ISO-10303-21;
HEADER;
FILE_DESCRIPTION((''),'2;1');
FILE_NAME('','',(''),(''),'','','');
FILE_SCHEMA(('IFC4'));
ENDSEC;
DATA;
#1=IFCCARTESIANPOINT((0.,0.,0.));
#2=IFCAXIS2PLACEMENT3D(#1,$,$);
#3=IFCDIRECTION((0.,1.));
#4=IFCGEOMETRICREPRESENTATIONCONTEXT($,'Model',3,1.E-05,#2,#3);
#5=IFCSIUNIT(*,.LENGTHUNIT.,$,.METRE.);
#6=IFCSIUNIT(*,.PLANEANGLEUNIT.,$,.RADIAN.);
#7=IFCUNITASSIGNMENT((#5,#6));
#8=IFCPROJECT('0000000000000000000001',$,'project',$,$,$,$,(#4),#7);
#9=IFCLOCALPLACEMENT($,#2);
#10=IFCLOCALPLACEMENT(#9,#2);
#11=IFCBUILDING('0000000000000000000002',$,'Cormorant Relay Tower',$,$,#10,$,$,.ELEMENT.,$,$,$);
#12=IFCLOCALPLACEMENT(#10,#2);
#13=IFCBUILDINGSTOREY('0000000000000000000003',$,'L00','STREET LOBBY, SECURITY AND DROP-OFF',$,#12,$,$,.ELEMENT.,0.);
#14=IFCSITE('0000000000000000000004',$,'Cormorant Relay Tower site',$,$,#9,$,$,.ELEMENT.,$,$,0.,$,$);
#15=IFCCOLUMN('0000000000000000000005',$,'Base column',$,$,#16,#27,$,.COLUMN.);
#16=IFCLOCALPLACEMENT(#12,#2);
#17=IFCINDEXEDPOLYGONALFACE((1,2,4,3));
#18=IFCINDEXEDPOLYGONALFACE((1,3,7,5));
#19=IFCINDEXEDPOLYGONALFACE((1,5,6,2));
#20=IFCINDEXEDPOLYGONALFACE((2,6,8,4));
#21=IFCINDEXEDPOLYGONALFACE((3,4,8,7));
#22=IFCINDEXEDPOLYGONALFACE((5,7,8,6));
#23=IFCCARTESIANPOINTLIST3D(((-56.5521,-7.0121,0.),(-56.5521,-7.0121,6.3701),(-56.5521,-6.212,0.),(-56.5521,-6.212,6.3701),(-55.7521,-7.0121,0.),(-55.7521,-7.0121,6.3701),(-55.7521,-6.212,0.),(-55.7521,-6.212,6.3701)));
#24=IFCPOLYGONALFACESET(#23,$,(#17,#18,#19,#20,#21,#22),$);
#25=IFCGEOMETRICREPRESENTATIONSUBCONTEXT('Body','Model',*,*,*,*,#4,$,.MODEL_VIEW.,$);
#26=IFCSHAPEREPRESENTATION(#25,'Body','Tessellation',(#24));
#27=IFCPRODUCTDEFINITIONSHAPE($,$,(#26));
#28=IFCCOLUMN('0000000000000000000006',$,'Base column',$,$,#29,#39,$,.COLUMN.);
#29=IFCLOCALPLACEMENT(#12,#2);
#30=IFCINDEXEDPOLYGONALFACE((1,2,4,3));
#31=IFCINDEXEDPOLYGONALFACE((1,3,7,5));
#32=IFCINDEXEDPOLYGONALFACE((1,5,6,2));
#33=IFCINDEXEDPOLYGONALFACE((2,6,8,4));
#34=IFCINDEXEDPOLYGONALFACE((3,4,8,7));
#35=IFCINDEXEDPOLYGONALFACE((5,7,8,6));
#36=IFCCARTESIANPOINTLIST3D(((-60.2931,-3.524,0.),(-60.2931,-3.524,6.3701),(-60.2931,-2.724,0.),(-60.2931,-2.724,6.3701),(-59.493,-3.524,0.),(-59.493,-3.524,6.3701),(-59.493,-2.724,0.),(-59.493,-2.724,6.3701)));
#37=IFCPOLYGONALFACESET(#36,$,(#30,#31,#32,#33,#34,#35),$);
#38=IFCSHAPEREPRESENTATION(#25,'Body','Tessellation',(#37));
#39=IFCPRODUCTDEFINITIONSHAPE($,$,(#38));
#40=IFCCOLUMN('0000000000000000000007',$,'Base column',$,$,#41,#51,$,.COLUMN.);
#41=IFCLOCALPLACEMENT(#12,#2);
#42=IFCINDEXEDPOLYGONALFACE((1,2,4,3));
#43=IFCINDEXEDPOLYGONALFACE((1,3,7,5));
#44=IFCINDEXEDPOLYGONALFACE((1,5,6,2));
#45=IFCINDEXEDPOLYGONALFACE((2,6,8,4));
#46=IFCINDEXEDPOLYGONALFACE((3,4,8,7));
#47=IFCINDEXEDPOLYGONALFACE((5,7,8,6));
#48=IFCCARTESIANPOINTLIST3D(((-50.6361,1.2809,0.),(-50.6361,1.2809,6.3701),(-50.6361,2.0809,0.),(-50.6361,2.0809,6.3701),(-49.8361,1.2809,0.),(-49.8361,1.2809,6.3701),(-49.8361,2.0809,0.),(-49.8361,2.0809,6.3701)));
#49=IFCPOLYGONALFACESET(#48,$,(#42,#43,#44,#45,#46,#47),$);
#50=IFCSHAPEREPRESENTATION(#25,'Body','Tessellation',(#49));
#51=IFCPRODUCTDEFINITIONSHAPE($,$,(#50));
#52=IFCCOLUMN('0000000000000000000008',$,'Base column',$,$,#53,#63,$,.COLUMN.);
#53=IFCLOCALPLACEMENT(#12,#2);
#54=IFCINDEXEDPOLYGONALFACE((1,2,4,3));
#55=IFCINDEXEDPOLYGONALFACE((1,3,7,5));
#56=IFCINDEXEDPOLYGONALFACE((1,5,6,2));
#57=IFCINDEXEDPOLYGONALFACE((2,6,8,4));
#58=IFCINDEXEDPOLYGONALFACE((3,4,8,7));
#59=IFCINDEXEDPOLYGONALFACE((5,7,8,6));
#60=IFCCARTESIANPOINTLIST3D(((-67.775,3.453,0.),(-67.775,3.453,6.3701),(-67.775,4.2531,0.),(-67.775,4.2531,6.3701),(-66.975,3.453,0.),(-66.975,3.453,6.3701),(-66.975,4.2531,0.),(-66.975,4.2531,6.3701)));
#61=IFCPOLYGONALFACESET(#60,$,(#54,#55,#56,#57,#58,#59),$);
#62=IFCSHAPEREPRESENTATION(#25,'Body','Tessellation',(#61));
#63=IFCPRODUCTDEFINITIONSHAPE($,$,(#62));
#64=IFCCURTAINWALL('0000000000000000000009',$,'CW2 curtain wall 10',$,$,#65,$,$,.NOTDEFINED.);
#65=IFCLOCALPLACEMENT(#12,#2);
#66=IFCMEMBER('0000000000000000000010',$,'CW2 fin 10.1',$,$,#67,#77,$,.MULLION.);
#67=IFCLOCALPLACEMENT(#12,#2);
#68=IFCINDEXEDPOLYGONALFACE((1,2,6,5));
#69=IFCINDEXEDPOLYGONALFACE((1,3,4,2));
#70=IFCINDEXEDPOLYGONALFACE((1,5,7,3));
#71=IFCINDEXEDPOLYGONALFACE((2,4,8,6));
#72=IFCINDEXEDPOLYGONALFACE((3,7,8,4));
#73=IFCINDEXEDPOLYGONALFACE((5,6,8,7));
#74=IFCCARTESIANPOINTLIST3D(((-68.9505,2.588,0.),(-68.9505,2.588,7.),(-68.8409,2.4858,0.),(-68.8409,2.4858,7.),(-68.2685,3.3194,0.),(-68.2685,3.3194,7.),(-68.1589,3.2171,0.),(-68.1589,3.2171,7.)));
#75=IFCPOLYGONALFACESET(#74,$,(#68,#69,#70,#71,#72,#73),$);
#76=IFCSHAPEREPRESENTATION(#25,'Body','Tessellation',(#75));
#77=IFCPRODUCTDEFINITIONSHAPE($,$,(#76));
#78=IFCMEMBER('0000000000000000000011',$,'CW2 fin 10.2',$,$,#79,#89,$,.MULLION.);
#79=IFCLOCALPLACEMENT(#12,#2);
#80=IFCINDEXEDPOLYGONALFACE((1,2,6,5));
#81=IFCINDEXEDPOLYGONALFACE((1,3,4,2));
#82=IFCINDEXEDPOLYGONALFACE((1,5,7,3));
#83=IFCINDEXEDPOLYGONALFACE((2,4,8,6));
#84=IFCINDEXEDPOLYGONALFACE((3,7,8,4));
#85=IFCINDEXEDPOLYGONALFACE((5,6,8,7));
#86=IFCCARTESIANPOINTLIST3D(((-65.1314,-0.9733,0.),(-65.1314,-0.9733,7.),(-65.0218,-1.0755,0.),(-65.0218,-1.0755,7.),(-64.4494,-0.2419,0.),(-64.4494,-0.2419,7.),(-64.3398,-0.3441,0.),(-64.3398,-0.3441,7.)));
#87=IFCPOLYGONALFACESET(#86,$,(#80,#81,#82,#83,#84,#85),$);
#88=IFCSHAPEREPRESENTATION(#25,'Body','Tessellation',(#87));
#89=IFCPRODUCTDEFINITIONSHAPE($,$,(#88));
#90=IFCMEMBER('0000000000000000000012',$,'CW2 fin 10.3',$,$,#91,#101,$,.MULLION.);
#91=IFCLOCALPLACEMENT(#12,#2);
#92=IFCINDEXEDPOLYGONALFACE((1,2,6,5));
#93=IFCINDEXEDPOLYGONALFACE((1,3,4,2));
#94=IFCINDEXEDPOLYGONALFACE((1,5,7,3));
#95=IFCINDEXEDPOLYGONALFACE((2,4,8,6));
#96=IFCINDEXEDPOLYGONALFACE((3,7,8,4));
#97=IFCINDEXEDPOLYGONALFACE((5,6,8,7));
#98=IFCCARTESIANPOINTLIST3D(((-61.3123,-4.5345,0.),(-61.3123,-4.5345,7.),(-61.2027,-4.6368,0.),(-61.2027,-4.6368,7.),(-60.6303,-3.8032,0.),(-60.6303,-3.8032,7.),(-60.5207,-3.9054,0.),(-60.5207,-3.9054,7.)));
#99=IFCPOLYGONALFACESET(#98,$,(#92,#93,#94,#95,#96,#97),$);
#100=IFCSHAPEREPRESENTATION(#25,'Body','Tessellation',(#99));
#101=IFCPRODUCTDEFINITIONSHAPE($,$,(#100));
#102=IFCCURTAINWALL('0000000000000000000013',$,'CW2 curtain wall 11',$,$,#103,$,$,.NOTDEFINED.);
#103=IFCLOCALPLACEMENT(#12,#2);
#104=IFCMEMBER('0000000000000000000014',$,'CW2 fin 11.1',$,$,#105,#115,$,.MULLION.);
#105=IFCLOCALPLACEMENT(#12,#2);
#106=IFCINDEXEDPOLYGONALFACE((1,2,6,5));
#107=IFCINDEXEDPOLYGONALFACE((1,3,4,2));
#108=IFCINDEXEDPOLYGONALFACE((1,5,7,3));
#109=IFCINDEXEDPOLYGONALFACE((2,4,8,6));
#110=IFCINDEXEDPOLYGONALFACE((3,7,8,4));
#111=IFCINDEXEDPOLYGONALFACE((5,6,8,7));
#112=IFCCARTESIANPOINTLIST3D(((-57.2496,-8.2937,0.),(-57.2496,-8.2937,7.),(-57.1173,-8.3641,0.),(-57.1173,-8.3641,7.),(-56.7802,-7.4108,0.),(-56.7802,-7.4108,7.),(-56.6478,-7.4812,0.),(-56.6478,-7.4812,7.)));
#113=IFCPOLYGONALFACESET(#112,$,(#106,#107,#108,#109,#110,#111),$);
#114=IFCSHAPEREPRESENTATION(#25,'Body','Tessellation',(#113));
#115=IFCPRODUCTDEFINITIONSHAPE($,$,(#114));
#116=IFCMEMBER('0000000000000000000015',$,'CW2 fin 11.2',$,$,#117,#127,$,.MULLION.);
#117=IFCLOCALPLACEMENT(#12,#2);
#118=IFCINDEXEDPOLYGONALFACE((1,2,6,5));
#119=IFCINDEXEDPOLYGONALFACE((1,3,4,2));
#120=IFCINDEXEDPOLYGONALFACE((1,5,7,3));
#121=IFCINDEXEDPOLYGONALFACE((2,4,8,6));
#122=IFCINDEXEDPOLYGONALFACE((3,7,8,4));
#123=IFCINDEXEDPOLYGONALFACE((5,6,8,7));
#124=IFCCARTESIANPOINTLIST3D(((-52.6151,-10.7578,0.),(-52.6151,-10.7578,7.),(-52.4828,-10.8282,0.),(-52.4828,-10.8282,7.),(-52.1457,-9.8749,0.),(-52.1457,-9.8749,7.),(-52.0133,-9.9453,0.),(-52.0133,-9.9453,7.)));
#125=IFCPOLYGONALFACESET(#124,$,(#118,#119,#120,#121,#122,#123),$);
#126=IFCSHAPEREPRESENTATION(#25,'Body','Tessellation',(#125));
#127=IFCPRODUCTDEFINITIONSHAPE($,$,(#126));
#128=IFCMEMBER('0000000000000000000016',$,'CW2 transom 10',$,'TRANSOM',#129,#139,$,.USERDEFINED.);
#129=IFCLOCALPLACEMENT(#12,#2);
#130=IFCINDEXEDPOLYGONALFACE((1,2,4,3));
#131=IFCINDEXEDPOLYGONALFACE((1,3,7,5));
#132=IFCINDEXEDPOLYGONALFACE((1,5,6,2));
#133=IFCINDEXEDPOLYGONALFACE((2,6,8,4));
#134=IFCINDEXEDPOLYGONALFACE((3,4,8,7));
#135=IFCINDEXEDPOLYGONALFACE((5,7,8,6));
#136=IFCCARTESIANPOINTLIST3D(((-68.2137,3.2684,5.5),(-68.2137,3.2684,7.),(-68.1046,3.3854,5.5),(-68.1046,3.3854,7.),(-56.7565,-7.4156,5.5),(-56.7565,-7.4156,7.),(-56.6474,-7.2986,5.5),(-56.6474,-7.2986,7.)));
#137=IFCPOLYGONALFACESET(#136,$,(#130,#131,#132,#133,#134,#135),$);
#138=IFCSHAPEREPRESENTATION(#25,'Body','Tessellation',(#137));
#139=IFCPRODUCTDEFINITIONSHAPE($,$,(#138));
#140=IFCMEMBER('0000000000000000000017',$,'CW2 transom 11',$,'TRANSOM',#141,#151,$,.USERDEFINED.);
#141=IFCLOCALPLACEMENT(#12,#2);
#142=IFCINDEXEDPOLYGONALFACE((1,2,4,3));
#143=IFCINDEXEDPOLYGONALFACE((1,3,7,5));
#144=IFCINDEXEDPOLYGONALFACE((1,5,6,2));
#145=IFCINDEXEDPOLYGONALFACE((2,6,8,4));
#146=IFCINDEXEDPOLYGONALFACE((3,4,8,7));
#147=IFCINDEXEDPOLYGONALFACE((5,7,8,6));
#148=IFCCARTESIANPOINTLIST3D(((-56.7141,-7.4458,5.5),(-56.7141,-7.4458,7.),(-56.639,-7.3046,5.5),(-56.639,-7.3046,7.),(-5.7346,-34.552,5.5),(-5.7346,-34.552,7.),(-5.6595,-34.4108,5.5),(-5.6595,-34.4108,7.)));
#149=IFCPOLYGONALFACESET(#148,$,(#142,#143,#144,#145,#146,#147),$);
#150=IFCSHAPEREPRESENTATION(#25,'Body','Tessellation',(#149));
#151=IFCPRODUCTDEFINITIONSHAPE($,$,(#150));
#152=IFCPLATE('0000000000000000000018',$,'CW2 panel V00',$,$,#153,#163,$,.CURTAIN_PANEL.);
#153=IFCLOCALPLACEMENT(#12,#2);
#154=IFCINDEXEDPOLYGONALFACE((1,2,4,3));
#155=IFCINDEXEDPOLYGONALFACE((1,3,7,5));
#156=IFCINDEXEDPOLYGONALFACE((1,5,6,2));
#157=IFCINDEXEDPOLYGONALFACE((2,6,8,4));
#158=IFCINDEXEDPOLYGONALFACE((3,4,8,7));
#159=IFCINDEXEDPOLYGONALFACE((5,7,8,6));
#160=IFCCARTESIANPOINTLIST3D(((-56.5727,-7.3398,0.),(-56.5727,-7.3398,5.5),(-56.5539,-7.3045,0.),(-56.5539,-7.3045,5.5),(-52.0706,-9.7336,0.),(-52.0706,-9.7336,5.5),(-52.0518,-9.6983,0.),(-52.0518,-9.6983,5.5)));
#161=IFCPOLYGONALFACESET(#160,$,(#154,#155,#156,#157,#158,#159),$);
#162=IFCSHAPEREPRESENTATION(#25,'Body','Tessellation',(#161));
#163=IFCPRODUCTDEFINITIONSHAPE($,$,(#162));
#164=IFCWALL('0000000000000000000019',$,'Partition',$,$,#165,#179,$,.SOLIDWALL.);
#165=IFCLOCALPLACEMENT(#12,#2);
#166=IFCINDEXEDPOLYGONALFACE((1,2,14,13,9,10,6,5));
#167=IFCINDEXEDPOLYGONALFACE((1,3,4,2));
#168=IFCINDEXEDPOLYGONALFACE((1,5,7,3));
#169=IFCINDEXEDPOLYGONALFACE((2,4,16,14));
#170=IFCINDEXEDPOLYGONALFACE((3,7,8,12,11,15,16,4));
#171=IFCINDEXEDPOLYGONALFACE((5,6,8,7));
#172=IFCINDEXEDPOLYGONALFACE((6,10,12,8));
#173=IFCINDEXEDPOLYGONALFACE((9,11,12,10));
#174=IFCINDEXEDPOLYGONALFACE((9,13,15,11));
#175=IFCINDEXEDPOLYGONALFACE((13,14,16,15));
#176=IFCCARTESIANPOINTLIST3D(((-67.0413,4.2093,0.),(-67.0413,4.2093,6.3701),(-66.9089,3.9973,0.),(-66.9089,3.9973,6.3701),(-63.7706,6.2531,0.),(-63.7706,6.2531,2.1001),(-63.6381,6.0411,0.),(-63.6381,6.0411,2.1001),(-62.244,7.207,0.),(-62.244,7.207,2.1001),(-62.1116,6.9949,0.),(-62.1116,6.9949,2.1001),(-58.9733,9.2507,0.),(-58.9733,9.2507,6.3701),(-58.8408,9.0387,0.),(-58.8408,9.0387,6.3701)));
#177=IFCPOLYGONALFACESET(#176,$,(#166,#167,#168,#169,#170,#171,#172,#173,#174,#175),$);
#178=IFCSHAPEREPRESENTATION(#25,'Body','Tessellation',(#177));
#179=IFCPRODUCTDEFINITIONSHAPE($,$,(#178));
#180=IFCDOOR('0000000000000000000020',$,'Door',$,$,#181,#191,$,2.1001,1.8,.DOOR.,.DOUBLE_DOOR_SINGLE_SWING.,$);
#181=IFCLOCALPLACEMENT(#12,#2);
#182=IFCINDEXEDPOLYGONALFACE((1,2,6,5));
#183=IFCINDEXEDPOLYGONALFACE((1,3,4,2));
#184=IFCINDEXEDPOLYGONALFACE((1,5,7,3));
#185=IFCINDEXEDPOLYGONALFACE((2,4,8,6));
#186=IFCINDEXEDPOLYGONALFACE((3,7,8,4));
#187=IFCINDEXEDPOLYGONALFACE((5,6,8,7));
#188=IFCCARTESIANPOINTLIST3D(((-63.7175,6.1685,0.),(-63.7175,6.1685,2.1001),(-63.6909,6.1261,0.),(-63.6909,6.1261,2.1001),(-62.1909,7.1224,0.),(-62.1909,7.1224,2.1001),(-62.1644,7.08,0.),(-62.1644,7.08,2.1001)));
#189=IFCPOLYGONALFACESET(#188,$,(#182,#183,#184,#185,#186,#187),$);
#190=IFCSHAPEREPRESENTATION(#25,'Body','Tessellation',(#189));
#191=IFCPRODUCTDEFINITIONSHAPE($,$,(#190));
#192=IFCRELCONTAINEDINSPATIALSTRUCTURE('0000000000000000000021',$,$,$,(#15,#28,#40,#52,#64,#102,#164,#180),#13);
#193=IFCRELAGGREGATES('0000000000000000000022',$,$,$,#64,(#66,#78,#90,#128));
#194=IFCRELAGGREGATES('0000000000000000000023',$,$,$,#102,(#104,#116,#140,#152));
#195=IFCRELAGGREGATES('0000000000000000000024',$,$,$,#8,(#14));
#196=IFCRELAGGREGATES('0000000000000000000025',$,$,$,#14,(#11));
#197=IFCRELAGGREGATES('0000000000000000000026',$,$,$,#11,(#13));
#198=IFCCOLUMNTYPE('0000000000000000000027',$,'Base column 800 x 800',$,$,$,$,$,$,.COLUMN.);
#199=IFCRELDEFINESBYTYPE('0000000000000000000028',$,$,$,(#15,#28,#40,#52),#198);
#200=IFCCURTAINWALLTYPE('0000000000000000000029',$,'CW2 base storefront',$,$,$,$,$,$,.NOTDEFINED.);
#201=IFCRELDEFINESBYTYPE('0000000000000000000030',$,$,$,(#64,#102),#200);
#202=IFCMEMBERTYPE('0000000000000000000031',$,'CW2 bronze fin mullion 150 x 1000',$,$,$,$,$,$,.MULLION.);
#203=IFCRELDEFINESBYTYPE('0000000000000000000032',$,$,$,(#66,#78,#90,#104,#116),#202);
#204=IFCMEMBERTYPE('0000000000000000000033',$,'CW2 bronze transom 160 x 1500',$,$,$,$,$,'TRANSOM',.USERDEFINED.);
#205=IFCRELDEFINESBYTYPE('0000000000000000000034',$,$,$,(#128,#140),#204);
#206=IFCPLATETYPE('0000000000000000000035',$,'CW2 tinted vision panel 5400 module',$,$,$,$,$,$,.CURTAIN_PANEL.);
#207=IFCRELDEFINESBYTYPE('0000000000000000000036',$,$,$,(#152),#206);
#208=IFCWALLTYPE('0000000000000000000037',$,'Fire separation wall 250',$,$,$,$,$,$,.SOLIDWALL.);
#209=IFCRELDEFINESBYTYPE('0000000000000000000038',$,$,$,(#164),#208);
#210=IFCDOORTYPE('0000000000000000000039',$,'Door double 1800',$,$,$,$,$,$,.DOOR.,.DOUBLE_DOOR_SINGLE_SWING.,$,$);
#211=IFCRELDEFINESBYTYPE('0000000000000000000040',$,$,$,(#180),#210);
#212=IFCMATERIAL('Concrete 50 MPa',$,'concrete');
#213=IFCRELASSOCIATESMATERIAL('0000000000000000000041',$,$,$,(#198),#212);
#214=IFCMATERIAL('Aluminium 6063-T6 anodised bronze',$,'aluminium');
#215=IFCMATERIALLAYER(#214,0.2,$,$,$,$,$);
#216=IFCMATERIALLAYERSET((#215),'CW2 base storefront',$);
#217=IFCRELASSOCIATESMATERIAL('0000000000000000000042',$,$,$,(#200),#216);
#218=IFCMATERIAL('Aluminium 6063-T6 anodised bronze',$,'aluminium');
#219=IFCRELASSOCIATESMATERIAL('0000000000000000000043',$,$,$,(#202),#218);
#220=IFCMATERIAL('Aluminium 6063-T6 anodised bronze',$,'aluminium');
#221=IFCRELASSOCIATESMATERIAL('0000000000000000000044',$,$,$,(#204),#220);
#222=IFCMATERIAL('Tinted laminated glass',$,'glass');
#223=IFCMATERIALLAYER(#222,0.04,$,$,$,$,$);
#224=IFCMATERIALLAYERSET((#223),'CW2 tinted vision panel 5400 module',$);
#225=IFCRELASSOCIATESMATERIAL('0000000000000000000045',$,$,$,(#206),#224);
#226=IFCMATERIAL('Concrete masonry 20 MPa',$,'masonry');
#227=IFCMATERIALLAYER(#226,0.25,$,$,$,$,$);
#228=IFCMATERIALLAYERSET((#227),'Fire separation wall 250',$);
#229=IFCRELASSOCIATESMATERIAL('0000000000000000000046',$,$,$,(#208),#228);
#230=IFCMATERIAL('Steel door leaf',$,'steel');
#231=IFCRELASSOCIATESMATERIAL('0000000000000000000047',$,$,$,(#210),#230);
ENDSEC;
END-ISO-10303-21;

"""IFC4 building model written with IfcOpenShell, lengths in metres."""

from ifc_helpers import new_model, si_unit, direction, frame, frame_2d, origin, origin_2d, place, context, subcontext, project, spatial, rectangle, extrude, material, layer, layer_set, material_profile, profile_set, type_object, element, fill, aggregate, save


model = new_model("IFC4")

# Units and contexts
model_context = context("Model", 3, precision=1e-05, world=origin(), true_north=direction((0.0, 1.0)))
body_context = subcontext(model_context, "Body", "Model", "MODEL_VIEW")
ifc_project = project(units=[si_unit("LENGTHUNIT", "METRE"), si_unit("PLANEANGLEUNIT", "RADIAN")], contexts=[model_context])

# Site, building, storey
site_placement = place(None, origin())
site = spatial("IfcSite", under=ifc_project, at=site_placement, Name="Cormorant Relay Tower site", CompositionType="ELEMENT", RefElevation=0.0)
building_placement = place(site_placement, origin())
building = spatial("IfcBuilding", under=site, at=building_placement, Name="Cormorant Relay Tower", CompositionType="ELEMENT")
storey_placement = place(building_placement, origin())
storey = spatial("IfcBuildingStorey", under=building, at=storey_placement, Name="L00", Description="STREET LOBBY, SECURITY AND DROP-OFF", CompositionType="ELEMENT", Elevation=0.0)

# Columns
ifc_material_1 = material(Name="Concrete 50 MPa", Category="concrete")
ifc_material_profile_1 = material_profile(ifc_material_1, rectangle(XDim=0.8, YDim=0.8, at=origin_2d()), Name="RC 800x800")
ifc_profile_set_1 = profile_set([ifc_material_profile_1], Name="Concrete 50 MPa")
column_type = type_object("IfcColumnType", Name="Base column 800 x 800", PredefinedType="COLUMN", material=ifc_profile_set_1)
for number, where, z_axis, x_axis, name in (
    (1, (-56.1521, -6.6121, 0.0), (0.0, 0.0, 1.0), (1.0, 0.0, 0.0), "Base column"),
    (2, (-59.8931, -3.124, 0.0), (0.0, 0.0, 1.0), (1.0, 0.0, 0.0), "Base column"),
    (3, (-50.2361, 1.6809, 0.0), (0.0, 0.0, 1.0), (1.0, 0.0, 0.0), "Base column"),
    (4, (-67.375, 3.853, 0.0), (0.0, 0.0, 1.0), (1.0, 0.0, 0.0), "Base column"),
):
    element("IfcColumn", number, at=place(storey_placement, frame(where, z_axis=z_axis, x_axis=x_axis)), inside=storey, type_object=column_type, Name=name, PredefinedType="COLUMN", context=body_context, shape_type="SweptSolid", body=[
        extrude(rectangle(XDim=0.8, YDim=0.8, at=origin_2d()), origin(), (0.0, 0.0, 1.0), 6.3701),
    ])

# Curtain walls, members
ifc_material_2 = material(Name="Aluminium 6063-T6 anodised bronze", Category="aluminium")
ifc_layer_1 = layer(ifc_material_2, 0.2)
ifc_layer_set_1 = layer_set([ifc_layer_1], Name="CW2 base storefront")
curtain_wall_type = type_object("IfcCurtainWallType", Name="CW2 base storefront", PredefinedType="NOTDEFINED", material=ifc_layer_set_1)
curtain_wall_1_placement = place(storey_placement, origin())
curtain_wall_1 = element("IfcCurtainWall", 5, at=curtain_wall_1_placement, inside=storey, type_object=curtain_wall_type, Name="CW2 curtain wall 10", PredefinedType="NOTDEFINED")
ifc_material_3 = material(Name="Aluminium 6063-T6 anodised bronze", Category="aluminium")
ifc_material_profile_2 = material_profile(ifc_material_3, rectangle(XDim=0.1499, YDim=1.0, at=origin_2d()), Name="AL 150x1000")
ifc_profile_set_2 = profile_set([ifc_material_profile_2], Name="Aluminium 6063-T6 anodised bronze")
member_type_1 = type_object("IfcMemberType", Name="CW2 bronze fin mullion 150 x 1000", PredefinedType="MULLION", material=ifc_profile_set_2)
member_1_placement = place(storey_placement, frame((-68.5547, 2.9026, 0.0), z_axis=(0.0, 0.0, 1.0), x_axis=(0.731354, -0.681998, 0.0)))
member_1 = element("IfcMember", 6, at=member_1_placement, type_object=member_type_1, Name="CW2 fin 10.1", PredefinedType="MULLION", context=body_context, shape_type="SweptSolid", body=[
    extrude(rectangle(XDim=0.1499, YDim=1.0, at=origin_2d()), origin(), (0.0, 0.0, 1.0), 7.0),
])
member_2_placement = place(storey_placement, frame((-64.7356, -0.6587, 0.0), z_axis=(0.0, 0.0, 1.0), x_axis=(0.731354, -0.681998, 0.0)))
member_2 = element("IfcMember", 7, at=member_2_placement, type_object=member_type_1, Name="CW2 fin 10.2", PredefinedType="MULLION", context=body_context, shape_type="SweptSolid", body=[
    extrude(rectangle(XDim=0.1499, YDim=1.0, at=origin_2d()), origin(), (0.0, 0.0, 1.0), 7.0),
])
member_3_placement = place(storey_placement, frame((-60.9165, -4.22, 0.0), z_axis=(0.0, 0.0, 1.0), x_axis=(0.731354, -0.681998, 0.0)))
member_3 = element("IfcMember", 8, at=member_3_placement, type_object=member_type_1, Name="CW2 fin 10.3", PredefinedType="MULLION", context=body_context, shape_type="SweptSolid", body=[
    extrude(rectangle(XDim=0.1499, YDim=1.0, at=origin_2d()), origin(), (0.0, 0.0, 1.0), 7.0),
])
curtain_wall_2_placement = place(storey_placement, origin())
curtain_wall_2 = element("IfcCurtainWall", 9, at=curtain_wall_2_placement, inside=storey, type_object=curtain_wall_type, Name="CW2 curtain wall 11", PredefinedType="NOTDEFINED")
member_4_placement = place(storey_placement, frame((-56.9487, -7.8875, 0.0), z_axis=(0.0, 0.0, 1.0), x_axis=(0.882948, -0.469472, 0.0)))
member_4 = element("IfcMember", 10, at=member_4_placement, type_object=member_type_1, Name="CW2 fin 11.1", PredefinedType="MULLION", context=body_context, shape_type="SweptSolid", body=[
    extrude(rectangle(XDim=0.1499, YDim=1.0, at=origin_2d()), origin(), (0.0, 0.0, 1.0), 7.0),
])
member_5_placement = place(storey_placement, frame((-52.3142, -10.3516, 0.0), z_axis=(0.0, 0.0, 1.0), x_axis=(0.882948, -0.469472, 0.0)))
member_5 = element("IfcMember", 11, at=member_5_placement, type_object=member_type_1, Name="CW2 fin 11.2", PredefinedType="MULLION", context=body_context, shape_type="SweptSolid", body=[
    extrude(rectangle(XDim=0.1499, YDim=1.0, at=origin_2d()), origin(), (0.0, 0.0, 1.0), 7.0),
])

# Members
ifc_material_4 = material(Name="Aluminium 6063-T6 anodised bronze", Category="aluminium")
ifc_material_profile_3 = material_profile(ifc_material_4, rectangle(XDim=0.1599, YDim=1.5, at=origin_2d()), Name="AL 160x1500")
ifc_profile_set_3 = profile_set([ifc_material_profile_3], Name="Aluminium 6063-T6 anodised bronze")
member_type_2 = type_object("IfcMemberType", Name="CW2 bronze transom 160 x 1500", ElementType="TRANSOM", PredefinedType="USERDEFINED", material=ifc_profile_set_3)
member_6_placement = place(storey_placement, frame((-68.1592, 3.3269, 6.25), z_axis=(0.731354, -0.681998, 0.0), x_axis=(0.681998, 0.731354, 0.0)))
member_6 = element("IfcMember", 12, at=member_6_placement, type_object=member_type_2, Name="CW2 transom 10", ObjectType="TRANSOM", PredefinedType="USERDEFINED", context=body_context, shape_type="SweptSolid", body=[
    extrude(rectangle(XDim=0.1599, YDim=1.5, at=origin_2d()), origin(), (0.0, 0.0, 1.0), 15.6658),
])
aggregate(curtain_wall_1, [member_1, member_2, member_3, member_6])
member_7_placement = place(storey_placement, frame((-56.6765, -7.3752, 6.25), z_axis=(0.882948, -0.469471, 0.0), x_axis=(0.469471, 0.882948, 0.0)))
member_7 = element("IfcMember", 13, at=member_7_placement, type_object=member_type_2, Name="CW2 transom 11", ObjectType="TRANSOM", PredefinedType="USERDEFINED", context=body_context, shape_type="SweptSolid", body=[
    extrude(rectangle(XDim=0.1599, YDim=1.5, at=origin_2d()), origin(), (0.0, 0.0, 1.0), 57.7378),
])

# Plate
ifc_material_5 = material(Name="Tinted laminated glass", Category="glass")
ifc_layer_2 = layer(ifc_material_5, 0.04)
ifc_layer_set_2 = layer_set([ifc_layer_2], Name="CW2 tinted vision panel 5400 module")
plate_type = type_object("IfcPlateType", Name="CW2 tinted vision panel 5400 module", PredefinedType="CURTAIN_PANEL", material=ifc_layer_set_2)
plate_placement = place(storey_placement, frame((-54.3123, -8.519, 0.0), z_axis=(0.0, 0.0, 1.0), x_axis=(0.882948, -0.469472, 0.0)))
plate = element("IfcPlate", 14, at=plate_placement, type_object=plate_type, Name="CW2 panel V00", PredefinedType="CURTAIN_PANEL", context=body_context, shape_type="SweptSolid", body=[
    extrude(rectangle(XDim=5.0989, YDim=0.04, at=origin_2d()), origin(), (0.0, 0.0, 1.0), 5.5),
])
aggregate(curtain_wall_2, [member_4, member_5, member_7, plate])

# Wall, opening, door
ifc_material_6 = material(Name="Concrete masonry 20 MPa", Category="masonry")
ifc_layer_3 = layer(ifc_material_6, 0.25)
ifc_layer_set_3 = layer_set([ifc_layer_3], Name="Fire separation wall 250")
wall_type_1 = type_object("IfcWallType", Name="Fire separation wall 250", PredefinedType="SOLIDWALL", material=ifc_layer_set_3)
wall_1_placement = place(storey_placement, frame((-66.9751, 4.1033, 0.0), z_axis=(0.0, 0.0, 1.0), x_axis=(0.848049, 0.529918, 0.0)))
wall_1 = element("IfcWall", 15, at=wall_1_placement, inside=storey, type_object=wall_type_1, Name="Partition", PredefinedType="SOLIDWALL", context=body_context, shape_type="SweptSolid", body=[
    extrude(rectangle(XDim=9.5137, YDim=0.25, at=frame_2d((4.7568, 0.0))), origin(), (0.0, 0.0, 1.0), 6.3701),
])
opening_1_placement = place(wall_1_placement, frame((3.8569, 0.0, 0.0)))
opening_1 = element("IfcOpeningElement", 16, at=opening_1_placement, cuts=wall_1, PredefinedType="OPENING", context=body_context, shape_type="SweptSolid", body=[
    extrude(rectangle(XDim=1.8, YDim=2.1001, at=frame_2d((0.8999, 1.05))), frame((0.0, 0.135, 0.0), z_axis=(0.0, -1.0, 0.0), x_axis=(1.0, 0.0, 0.0)), (0.0, 0.0, 1.0), 0.27),
])
ifc_material_7 = material(Name="Steel door leaf", Category="steel")
door_type_1 = type_object("IfcDoorType", Name="Door double 1800", OperationType="DOUBLE_DOOR_SINGLE_SWING", PredefinedType="DOOR", material=ifc_material_7)
door_1_placement = place(opening_1_placement, frame((1.8, 0.0, 0.0), z_axis=(0.0, 0.0, 1.0), x_axis=(-1.0, 0.0, 0.0)))
door_1 = element("IfcDoor", 17, at=door_1_placement, inside=storey, type_object=door_type_1, Name="Door", OperationType="DOUBLE_DOOR_SINGLE_SWING", OverallHeight=2.1001, OverallWidth=1.8, PredefinedType="DOOR", context=body_context, shape_type="SweptSolid", body=[
    extrude(rectangle(XDim=1.8, YDim=2.1001, at=frame_2d((0.8999, 1.05))), frame((0.0, 0.0249, 0.0), z_axis=(0.0, -1.0, 0.0), x_axis=(1.0, 0.0, 0.0)), (0.0, 0.0, 1.0), 0.05),
])
fill(opening_1, door_1)

save(model, "model.ifc")
